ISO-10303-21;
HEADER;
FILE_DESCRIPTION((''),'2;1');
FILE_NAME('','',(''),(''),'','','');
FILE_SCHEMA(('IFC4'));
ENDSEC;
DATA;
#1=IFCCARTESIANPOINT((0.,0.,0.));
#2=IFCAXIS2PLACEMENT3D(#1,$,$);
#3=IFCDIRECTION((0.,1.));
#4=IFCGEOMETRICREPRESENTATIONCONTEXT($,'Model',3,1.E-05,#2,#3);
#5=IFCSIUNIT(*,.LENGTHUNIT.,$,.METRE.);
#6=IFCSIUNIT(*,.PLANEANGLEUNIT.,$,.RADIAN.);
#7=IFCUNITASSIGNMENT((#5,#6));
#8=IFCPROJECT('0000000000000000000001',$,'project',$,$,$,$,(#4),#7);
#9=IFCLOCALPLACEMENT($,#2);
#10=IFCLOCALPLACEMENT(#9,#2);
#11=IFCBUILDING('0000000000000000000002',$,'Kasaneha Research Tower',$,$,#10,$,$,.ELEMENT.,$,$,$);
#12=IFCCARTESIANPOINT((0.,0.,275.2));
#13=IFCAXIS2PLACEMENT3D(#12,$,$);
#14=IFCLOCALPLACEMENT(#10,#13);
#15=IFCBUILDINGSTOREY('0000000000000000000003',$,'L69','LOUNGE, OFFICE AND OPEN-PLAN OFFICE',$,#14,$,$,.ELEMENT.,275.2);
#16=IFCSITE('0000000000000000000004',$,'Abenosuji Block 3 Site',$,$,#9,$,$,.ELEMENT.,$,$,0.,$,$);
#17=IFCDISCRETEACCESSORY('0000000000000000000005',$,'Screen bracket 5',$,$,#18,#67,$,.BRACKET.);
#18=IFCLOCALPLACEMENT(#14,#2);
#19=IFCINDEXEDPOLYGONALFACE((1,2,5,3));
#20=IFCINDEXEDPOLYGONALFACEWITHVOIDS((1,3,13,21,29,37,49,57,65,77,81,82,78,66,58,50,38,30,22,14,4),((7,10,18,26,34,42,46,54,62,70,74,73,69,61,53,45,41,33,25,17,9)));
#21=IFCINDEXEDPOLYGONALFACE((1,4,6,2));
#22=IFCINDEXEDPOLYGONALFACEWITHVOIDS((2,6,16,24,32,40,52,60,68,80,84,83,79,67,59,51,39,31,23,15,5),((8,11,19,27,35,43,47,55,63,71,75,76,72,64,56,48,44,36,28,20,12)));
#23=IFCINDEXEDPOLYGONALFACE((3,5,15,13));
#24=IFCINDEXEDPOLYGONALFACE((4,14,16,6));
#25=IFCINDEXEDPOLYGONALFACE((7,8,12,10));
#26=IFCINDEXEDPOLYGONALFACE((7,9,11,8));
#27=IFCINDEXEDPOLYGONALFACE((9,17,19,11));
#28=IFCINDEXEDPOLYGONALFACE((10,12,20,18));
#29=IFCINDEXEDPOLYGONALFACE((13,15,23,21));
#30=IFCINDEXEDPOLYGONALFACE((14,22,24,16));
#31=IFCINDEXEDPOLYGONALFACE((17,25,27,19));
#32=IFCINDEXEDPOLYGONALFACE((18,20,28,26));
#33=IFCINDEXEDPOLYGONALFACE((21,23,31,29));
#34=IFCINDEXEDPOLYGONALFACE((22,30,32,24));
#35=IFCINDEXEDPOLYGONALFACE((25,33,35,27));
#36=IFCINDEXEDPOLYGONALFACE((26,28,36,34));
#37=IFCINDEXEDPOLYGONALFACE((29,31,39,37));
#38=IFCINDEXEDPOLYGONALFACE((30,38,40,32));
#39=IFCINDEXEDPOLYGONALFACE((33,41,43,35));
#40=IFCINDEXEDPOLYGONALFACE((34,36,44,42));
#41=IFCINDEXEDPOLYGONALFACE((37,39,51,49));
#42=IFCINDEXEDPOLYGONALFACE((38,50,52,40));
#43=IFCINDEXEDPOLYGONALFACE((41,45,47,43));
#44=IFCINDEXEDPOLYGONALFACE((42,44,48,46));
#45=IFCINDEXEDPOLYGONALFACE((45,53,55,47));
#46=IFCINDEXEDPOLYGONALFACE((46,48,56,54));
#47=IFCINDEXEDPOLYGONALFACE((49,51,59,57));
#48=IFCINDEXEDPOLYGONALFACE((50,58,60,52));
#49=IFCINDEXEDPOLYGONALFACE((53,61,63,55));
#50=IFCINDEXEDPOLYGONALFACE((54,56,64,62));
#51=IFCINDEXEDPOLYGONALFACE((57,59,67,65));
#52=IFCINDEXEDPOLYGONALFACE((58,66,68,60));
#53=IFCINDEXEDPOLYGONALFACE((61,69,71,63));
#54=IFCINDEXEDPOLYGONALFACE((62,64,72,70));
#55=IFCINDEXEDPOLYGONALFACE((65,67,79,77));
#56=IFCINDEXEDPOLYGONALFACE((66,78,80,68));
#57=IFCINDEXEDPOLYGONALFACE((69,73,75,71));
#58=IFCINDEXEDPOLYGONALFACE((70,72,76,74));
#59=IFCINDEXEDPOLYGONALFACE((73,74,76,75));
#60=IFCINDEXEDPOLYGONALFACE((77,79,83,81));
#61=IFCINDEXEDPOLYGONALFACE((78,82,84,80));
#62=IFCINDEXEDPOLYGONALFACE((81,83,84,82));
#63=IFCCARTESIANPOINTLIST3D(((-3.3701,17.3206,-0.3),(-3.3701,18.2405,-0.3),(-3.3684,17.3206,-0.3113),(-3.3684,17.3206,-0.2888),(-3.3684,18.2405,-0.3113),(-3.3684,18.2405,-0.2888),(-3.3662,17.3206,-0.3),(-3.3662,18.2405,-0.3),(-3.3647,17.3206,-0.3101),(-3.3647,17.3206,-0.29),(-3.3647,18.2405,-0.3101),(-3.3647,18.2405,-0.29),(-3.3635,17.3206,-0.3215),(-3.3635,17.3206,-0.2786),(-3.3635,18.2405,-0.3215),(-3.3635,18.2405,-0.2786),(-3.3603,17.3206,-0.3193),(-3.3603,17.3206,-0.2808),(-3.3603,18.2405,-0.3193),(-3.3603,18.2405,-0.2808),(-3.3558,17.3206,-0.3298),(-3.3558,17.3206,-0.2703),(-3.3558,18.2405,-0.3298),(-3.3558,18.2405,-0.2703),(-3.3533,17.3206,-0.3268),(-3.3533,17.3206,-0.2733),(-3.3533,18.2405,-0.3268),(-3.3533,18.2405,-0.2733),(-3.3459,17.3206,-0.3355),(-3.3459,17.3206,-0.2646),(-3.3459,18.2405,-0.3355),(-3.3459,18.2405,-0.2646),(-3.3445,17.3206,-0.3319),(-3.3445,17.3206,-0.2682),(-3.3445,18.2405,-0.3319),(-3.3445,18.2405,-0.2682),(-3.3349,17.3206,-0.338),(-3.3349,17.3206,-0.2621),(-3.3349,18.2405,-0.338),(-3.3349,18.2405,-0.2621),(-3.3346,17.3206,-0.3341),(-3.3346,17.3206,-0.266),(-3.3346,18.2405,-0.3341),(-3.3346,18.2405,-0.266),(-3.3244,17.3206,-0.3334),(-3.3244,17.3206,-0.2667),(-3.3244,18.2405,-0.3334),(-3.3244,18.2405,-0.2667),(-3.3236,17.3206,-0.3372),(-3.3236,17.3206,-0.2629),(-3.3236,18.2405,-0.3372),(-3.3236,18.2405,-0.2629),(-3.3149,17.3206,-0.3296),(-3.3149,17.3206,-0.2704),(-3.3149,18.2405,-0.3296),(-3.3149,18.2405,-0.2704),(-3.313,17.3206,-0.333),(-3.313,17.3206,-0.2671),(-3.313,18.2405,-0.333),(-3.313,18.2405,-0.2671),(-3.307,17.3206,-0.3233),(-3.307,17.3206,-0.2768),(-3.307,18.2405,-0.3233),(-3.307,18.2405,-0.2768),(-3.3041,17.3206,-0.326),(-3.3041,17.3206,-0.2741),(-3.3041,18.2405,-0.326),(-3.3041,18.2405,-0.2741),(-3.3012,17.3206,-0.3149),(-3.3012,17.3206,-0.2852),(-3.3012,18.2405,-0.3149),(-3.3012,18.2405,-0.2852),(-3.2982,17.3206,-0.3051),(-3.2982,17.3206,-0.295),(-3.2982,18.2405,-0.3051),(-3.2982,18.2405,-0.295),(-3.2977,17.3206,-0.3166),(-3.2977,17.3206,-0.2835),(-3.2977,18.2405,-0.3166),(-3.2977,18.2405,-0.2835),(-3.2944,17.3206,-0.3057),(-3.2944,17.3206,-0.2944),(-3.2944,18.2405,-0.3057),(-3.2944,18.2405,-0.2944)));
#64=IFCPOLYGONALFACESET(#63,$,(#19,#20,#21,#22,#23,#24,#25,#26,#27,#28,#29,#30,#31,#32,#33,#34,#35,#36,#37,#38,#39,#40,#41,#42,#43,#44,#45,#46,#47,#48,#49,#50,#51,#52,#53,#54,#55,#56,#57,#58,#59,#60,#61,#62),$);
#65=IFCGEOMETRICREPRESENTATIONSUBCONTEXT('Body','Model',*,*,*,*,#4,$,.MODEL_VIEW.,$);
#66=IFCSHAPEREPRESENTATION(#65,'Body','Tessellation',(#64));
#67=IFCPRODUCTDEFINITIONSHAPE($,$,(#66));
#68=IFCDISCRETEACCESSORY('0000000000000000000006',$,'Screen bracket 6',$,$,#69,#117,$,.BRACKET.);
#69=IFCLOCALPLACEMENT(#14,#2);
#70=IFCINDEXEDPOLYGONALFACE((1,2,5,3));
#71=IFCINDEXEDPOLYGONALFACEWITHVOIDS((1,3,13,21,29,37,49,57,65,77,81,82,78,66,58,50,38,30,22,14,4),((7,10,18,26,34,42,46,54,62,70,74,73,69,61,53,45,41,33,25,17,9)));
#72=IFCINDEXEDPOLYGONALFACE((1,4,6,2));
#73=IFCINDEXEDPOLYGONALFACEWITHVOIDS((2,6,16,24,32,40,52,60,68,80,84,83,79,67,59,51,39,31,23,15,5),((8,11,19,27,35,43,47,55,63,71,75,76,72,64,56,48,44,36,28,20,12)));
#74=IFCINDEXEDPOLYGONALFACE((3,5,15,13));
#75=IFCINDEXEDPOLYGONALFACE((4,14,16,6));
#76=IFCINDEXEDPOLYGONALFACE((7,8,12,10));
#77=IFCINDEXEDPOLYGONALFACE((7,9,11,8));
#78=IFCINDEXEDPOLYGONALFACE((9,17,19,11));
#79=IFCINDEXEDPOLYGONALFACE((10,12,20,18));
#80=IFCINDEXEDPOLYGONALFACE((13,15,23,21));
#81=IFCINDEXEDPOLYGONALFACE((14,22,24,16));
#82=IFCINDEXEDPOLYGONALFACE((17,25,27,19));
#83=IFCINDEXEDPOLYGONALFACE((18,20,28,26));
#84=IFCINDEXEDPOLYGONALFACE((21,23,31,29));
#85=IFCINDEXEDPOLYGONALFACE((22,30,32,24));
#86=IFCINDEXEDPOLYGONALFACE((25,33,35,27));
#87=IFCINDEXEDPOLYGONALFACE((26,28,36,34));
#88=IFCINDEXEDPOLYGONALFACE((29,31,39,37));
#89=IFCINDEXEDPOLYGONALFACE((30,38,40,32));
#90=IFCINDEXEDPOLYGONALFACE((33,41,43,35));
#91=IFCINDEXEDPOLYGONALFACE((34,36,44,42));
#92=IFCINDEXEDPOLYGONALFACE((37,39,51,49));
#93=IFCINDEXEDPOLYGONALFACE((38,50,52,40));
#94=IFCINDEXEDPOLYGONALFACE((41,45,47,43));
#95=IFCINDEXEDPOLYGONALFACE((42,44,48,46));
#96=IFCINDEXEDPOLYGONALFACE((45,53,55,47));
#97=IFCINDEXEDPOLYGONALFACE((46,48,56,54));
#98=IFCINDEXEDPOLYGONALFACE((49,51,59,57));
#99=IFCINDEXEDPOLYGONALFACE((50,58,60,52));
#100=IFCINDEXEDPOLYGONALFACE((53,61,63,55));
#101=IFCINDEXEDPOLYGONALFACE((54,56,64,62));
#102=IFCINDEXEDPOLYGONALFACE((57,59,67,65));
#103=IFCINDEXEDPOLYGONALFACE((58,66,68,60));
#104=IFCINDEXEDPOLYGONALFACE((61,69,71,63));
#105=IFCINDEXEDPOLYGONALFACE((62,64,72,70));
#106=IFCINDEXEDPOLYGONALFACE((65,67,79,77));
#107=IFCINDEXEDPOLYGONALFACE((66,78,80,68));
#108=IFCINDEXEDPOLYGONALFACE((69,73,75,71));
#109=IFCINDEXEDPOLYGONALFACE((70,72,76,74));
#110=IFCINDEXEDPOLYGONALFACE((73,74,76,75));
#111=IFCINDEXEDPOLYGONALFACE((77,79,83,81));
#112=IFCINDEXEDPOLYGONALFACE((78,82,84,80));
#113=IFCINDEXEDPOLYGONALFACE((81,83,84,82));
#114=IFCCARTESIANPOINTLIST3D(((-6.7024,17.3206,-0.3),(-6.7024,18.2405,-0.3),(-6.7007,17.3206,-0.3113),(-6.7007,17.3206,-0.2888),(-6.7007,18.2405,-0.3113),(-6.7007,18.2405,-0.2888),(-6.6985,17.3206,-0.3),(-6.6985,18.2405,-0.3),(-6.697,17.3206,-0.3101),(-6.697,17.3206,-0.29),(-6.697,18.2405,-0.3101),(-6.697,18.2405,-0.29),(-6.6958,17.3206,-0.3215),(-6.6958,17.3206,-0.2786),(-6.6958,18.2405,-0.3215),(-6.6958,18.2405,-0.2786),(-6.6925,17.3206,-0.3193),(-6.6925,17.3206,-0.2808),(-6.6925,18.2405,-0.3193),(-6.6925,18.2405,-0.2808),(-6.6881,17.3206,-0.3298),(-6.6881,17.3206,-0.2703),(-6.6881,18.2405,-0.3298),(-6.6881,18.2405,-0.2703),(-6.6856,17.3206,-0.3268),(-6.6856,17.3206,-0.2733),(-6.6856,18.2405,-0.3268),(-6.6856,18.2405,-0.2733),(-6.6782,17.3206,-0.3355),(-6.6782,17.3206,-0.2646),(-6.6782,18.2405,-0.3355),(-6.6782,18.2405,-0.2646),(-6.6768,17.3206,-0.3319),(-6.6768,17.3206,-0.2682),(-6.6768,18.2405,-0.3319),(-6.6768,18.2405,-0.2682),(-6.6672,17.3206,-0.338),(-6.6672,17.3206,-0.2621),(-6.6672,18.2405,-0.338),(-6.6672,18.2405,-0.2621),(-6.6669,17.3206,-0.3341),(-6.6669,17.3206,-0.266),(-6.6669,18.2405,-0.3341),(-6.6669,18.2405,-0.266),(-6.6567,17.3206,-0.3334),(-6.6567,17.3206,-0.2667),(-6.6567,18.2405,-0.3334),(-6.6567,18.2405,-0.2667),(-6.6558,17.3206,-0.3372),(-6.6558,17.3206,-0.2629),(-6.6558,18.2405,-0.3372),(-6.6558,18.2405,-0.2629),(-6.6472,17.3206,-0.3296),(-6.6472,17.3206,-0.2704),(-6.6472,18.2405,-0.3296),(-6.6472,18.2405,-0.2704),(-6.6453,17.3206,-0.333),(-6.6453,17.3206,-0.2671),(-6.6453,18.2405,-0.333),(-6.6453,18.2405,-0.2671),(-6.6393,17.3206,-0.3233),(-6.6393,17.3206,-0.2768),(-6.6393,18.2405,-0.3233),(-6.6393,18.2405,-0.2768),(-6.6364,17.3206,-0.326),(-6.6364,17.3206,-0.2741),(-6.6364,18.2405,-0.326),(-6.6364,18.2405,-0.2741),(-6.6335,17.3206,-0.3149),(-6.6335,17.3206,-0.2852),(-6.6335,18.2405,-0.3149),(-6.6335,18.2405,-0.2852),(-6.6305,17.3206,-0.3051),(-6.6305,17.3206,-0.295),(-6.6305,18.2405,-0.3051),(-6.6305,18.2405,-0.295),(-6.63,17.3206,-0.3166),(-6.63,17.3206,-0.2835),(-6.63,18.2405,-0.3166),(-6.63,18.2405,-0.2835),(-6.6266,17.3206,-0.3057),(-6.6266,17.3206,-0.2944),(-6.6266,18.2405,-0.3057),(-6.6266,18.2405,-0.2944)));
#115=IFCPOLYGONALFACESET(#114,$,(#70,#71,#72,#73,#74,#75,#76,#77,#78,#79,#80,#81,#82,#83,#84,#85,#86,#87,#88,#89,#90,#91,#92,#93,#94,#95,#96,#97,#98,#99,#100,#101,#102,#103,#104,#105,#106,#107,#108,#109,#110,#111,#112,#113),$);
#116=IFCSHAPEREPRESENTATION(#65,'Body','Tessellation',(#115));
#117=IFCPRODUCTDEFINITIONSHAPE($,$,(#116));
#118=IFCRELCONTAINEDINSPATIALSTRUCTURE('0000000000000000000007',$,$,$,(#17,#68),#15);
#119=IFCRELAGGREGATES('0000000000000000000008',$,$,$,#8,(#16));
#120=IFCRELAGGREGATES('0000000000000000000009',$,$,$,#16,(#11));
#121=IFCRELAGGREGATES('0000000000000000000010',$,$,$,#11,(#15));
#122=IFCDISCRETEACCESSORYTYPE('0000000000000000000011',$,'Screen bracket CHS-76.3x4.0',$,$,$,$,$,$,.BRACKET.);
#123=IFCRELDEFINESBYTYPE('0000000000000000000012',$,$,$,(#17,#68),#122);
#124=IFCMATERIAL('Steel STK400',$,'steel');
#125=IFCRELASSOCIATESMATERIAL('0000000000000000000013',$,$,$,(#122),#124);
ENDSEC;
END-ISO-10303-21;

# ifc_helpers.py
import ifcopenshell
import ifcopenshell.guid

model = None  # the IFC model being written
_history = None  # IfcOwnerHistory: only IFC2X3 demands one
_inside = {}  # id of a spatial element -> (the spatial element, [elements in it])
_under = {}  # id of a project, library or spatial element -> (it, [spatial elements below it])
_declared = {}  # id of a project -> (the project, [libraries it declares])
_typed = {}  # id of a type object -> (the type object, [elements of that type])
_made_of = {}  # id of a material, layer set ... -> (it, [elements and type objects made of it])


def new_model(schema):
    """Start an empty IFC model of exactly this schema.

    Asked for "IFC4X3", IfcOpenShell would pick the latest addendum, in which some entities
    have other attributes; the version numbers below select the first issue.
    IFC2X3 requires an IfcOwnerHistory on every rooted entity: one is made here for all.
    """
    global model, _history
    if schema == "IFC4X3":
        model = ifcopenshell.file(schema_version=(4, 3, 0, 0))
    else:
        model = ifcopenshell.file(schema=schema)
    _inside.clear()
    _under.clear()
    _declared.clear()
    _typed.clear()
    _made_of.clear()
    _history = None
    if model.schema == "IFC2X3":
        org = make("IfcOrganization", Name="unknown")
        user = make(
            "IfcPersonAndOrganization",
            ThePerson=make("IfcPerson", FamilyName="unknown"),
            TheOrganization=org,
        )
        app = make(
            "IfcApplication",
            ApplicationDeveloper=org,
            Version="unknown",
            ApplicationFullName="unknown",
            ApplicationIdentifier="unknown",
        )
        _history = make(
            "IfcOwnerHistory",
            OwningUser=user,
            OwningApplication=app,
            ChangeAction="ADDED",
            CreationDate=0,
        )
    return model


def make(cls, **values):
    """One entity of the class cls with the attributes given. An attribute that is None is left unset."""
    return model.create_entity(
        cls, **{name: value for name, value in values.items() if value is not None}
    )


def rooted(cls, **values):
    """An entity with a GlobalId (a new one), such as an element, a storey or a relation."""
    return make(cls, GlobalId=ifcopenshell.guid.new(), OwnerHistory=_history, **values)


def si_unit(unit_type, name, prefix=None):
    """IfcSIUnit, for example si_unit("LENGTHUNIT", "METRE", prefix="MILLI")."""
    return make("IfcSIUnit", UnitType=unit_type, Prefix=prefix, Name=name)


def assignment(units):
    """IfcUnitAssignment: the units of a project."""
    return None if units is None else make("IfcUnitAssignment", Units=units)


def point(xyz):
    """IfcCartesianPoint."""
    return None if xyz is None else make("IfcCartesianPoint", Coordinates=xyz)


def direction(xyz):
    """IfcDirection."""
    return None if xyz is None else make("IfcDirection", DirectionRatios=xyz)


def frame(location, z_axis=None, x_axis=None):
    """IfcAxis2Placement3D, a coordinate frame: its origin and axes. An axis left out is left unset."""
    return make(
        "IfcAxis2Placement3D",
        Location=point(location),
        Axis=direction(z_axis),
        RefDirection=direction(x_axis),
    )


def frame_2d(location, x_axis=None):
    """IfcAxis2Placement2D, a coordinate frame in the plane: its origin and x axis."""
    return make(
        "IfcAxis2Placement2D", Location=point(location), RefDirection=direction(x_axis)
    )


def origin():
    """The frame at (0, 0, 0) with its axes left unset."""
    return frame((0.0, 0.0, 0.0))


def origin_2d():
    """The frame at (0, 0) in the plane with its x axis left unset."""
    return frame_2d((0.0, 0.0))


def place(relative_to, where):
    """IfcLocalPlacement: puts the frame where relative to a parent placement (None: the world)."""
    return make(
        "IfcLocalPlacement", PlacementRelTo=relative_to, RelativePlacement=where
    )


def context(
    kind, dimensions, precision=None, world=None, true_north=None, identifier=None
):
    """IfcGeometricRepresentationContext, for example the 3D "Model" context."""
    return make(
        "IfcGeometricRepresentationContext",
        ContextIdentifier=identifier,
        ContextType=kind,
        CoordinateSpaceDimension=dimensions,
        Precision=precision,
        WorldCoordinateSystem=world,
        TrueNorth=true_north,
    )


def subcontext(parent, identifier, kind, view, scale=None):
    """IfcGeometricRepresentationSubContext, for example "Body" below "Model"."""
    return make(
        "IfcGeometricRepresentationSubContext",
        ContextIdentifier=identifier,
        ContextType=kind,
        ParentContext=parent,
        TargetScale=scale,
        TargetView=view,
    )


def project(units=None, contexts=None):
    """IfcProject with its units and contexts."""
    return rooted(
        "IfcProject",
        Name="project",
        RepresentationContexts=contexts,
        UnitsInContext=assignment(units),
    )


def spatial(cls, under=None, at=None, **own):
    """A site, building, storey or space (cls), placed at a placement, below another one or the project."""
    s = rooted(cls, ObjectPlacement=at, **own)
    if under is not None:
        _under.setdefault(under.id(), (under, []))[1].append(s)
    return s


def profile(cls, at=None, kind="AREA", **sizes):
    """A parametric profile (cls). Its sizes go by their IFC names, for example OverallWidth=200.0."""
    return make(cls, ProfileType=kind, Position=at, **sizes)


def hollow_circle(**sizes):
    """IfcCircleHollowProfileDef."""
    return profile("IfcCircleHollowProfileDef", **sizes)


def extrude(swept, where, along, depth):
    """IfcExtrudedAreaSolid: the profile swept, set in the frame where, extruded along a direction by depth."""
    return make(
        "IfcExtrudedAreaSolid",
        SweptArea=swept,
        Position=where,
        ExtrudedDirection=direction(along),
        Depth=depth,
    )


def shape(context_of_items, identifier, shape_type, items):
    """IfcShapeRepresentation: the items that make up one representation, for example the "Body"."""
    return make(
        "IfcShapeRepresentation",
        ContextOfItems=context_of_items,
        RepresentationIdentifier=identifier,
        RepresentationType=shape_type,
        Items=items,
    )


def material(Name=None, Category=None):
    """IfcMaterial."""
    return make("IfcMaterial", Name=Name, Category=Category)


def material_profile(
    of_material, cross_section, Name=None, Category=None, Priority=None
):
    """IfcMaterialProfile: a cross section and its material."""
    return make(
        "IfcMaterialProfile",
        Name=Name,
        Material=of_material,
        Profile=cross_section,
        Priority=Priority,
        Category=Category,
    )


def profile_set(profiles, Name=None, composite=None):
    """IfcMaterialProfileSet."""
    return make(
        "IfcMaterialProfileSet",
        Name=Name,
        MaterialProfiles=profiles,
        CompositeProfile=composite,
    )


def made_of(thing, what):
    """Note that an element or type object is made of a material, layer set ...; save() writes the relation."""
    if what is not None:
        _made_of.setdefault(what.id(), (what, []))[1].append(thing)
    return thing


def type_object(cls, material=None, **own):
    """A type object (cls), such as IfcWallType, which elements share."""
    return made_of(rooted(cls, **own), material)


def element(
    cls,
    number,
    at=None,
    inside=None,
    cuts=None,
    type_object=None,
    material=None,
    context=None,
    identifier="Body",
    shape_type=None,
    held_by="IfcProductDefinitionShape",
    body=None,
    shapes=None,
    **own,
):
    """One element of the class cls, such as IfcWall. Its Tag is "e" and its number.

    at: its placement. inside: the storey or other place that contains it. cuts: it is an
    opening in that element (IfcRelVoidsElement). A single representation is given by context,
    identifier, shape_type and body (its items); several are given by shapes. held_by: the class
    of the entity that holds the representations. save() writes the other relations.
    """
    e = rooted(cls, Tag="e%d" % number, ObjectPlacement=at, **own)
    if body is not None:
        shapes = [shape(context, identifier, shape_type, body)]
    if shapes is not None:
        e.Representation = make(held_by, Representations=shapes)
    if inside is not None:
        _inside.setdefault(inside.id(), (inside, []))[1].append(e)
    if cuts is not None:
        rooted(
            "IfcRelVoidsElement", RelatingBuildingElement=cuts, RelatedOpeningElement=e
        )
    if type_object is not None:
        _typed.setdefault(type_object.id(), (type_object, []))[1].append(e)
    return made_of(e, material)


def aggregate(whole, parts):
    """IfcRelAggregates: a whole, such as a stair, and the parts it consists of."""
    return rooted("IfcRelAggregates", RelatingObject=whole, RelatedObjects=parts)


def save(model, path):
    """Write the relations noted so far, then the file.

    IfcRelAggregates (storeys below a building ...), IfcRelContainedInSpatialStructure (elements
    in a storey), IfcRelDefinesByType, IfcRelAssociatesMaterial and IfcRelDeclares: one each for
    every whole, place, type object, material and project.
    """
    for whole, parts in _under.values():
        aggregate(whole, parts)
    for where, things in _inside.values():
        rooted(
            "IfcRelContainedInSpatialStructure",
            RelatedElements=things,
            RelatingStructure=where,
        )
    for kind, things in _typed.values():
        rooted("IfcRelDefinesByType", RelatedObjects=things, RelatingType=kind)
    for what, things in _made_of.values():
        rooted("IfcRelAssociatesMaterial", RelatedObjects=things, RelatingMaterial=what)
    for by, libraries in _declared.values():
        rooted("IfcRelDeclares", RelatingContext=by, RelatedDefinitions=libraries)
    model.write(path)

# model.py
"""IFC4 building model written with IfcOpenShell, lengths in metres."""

from ifc_helpers import new_model, si_unit, direction, frame, origin, origin_2d, place, context, subcontext, project, spatial, hollow_circle, extrude, material, material_profile, profile_set, type_object, element, save


model = new_model("IFC4")

# Units and contexts
model_context = context("Model", 3, precision=1e-05, world=origin(), true_north=direction((0.0, 1.0)))
body_context = subcontext(model_context, "Body", "Model", "MODEL_VIEW")
ifc_project = project(units=[si_unit("LENGTHUNIT", "METRE"), si_unit("PLANEANGLEUNIT", "RADIAN")], contexts=[model_context])

# Site, building, storey
site_placement = place(None, origin())
site = spatial("IfcSite", under=ifc_project, at=site_placement, Name="Abenosuji Block 3 Site", CompositionType="ELEMENT", RefElevation=0.0)
building_placement = place(site_placement, origin())
building = spatial("IfcBuilding", under=site, at=building_placement, Name="Kasaneha Research Tower", CompositionType="ELEMENT")
storey_placement = place(building_placement, frame((0.0, 0.0, 275.2)))
storey = spatial("IfcBuildingStorey", under=building, at=storey_placement, Name="L69", Description="LOUNGE, OFFICE AND OPEN-PLAN OFFICE", CompositionType="ELEMENT", Elevation=275.2)

# Discrete accessories
ifc_material_1 = material(Name="Steel STK400", Category="steel")
ifc_material_profile_1 = material_profile(ifc_material_1, hollow_circle(Radius=0.0381, WallThickness=0.0039, at=origin_2d()), Name="CHS-76.3x4.0")
ifc_profile_set_1 = profile_set([ifc_material_profile_1], Name="Steel STK400")
discrete_accessory_type = type_object("IfcDiscreteAccessoryType", Name="Screen bracket CHS-76.3x4.0", PredefinedType="BRACKET", material=ifc_profile_set_1)
for number, where, z_axis, x_axis, name in (
    (1, (-3.332, 17.3206, -0.3), (0.0, 1.0, 0.0), (-1.0, 0.0, 0.0), "Screen bracket 5"),
    (2, (-6.6643, 17.3206, -0.3), (0.0, 1.0, 0.0), (-1.0, 0.0, 0.0), "Screen bracket 6"),
):
    element("IfcDiscreteAccessory", number, at=place(storey_placement, frame(where, z_axis=z_axis, x_axis=x_axis)), inside=storey, type_object=discrete_accessory_type, Name=name, PredefinedType="BRACKET", context=body_context, shape_type="SweptSolid", body=[
        extrude(hollow_circle(Radius=0.0381, WallThickness=0.0039, at=origin_2d()), origin(), (0.0, 0.0, 1.0), 0.9199),
    ])

save(model, "model.ifc")
